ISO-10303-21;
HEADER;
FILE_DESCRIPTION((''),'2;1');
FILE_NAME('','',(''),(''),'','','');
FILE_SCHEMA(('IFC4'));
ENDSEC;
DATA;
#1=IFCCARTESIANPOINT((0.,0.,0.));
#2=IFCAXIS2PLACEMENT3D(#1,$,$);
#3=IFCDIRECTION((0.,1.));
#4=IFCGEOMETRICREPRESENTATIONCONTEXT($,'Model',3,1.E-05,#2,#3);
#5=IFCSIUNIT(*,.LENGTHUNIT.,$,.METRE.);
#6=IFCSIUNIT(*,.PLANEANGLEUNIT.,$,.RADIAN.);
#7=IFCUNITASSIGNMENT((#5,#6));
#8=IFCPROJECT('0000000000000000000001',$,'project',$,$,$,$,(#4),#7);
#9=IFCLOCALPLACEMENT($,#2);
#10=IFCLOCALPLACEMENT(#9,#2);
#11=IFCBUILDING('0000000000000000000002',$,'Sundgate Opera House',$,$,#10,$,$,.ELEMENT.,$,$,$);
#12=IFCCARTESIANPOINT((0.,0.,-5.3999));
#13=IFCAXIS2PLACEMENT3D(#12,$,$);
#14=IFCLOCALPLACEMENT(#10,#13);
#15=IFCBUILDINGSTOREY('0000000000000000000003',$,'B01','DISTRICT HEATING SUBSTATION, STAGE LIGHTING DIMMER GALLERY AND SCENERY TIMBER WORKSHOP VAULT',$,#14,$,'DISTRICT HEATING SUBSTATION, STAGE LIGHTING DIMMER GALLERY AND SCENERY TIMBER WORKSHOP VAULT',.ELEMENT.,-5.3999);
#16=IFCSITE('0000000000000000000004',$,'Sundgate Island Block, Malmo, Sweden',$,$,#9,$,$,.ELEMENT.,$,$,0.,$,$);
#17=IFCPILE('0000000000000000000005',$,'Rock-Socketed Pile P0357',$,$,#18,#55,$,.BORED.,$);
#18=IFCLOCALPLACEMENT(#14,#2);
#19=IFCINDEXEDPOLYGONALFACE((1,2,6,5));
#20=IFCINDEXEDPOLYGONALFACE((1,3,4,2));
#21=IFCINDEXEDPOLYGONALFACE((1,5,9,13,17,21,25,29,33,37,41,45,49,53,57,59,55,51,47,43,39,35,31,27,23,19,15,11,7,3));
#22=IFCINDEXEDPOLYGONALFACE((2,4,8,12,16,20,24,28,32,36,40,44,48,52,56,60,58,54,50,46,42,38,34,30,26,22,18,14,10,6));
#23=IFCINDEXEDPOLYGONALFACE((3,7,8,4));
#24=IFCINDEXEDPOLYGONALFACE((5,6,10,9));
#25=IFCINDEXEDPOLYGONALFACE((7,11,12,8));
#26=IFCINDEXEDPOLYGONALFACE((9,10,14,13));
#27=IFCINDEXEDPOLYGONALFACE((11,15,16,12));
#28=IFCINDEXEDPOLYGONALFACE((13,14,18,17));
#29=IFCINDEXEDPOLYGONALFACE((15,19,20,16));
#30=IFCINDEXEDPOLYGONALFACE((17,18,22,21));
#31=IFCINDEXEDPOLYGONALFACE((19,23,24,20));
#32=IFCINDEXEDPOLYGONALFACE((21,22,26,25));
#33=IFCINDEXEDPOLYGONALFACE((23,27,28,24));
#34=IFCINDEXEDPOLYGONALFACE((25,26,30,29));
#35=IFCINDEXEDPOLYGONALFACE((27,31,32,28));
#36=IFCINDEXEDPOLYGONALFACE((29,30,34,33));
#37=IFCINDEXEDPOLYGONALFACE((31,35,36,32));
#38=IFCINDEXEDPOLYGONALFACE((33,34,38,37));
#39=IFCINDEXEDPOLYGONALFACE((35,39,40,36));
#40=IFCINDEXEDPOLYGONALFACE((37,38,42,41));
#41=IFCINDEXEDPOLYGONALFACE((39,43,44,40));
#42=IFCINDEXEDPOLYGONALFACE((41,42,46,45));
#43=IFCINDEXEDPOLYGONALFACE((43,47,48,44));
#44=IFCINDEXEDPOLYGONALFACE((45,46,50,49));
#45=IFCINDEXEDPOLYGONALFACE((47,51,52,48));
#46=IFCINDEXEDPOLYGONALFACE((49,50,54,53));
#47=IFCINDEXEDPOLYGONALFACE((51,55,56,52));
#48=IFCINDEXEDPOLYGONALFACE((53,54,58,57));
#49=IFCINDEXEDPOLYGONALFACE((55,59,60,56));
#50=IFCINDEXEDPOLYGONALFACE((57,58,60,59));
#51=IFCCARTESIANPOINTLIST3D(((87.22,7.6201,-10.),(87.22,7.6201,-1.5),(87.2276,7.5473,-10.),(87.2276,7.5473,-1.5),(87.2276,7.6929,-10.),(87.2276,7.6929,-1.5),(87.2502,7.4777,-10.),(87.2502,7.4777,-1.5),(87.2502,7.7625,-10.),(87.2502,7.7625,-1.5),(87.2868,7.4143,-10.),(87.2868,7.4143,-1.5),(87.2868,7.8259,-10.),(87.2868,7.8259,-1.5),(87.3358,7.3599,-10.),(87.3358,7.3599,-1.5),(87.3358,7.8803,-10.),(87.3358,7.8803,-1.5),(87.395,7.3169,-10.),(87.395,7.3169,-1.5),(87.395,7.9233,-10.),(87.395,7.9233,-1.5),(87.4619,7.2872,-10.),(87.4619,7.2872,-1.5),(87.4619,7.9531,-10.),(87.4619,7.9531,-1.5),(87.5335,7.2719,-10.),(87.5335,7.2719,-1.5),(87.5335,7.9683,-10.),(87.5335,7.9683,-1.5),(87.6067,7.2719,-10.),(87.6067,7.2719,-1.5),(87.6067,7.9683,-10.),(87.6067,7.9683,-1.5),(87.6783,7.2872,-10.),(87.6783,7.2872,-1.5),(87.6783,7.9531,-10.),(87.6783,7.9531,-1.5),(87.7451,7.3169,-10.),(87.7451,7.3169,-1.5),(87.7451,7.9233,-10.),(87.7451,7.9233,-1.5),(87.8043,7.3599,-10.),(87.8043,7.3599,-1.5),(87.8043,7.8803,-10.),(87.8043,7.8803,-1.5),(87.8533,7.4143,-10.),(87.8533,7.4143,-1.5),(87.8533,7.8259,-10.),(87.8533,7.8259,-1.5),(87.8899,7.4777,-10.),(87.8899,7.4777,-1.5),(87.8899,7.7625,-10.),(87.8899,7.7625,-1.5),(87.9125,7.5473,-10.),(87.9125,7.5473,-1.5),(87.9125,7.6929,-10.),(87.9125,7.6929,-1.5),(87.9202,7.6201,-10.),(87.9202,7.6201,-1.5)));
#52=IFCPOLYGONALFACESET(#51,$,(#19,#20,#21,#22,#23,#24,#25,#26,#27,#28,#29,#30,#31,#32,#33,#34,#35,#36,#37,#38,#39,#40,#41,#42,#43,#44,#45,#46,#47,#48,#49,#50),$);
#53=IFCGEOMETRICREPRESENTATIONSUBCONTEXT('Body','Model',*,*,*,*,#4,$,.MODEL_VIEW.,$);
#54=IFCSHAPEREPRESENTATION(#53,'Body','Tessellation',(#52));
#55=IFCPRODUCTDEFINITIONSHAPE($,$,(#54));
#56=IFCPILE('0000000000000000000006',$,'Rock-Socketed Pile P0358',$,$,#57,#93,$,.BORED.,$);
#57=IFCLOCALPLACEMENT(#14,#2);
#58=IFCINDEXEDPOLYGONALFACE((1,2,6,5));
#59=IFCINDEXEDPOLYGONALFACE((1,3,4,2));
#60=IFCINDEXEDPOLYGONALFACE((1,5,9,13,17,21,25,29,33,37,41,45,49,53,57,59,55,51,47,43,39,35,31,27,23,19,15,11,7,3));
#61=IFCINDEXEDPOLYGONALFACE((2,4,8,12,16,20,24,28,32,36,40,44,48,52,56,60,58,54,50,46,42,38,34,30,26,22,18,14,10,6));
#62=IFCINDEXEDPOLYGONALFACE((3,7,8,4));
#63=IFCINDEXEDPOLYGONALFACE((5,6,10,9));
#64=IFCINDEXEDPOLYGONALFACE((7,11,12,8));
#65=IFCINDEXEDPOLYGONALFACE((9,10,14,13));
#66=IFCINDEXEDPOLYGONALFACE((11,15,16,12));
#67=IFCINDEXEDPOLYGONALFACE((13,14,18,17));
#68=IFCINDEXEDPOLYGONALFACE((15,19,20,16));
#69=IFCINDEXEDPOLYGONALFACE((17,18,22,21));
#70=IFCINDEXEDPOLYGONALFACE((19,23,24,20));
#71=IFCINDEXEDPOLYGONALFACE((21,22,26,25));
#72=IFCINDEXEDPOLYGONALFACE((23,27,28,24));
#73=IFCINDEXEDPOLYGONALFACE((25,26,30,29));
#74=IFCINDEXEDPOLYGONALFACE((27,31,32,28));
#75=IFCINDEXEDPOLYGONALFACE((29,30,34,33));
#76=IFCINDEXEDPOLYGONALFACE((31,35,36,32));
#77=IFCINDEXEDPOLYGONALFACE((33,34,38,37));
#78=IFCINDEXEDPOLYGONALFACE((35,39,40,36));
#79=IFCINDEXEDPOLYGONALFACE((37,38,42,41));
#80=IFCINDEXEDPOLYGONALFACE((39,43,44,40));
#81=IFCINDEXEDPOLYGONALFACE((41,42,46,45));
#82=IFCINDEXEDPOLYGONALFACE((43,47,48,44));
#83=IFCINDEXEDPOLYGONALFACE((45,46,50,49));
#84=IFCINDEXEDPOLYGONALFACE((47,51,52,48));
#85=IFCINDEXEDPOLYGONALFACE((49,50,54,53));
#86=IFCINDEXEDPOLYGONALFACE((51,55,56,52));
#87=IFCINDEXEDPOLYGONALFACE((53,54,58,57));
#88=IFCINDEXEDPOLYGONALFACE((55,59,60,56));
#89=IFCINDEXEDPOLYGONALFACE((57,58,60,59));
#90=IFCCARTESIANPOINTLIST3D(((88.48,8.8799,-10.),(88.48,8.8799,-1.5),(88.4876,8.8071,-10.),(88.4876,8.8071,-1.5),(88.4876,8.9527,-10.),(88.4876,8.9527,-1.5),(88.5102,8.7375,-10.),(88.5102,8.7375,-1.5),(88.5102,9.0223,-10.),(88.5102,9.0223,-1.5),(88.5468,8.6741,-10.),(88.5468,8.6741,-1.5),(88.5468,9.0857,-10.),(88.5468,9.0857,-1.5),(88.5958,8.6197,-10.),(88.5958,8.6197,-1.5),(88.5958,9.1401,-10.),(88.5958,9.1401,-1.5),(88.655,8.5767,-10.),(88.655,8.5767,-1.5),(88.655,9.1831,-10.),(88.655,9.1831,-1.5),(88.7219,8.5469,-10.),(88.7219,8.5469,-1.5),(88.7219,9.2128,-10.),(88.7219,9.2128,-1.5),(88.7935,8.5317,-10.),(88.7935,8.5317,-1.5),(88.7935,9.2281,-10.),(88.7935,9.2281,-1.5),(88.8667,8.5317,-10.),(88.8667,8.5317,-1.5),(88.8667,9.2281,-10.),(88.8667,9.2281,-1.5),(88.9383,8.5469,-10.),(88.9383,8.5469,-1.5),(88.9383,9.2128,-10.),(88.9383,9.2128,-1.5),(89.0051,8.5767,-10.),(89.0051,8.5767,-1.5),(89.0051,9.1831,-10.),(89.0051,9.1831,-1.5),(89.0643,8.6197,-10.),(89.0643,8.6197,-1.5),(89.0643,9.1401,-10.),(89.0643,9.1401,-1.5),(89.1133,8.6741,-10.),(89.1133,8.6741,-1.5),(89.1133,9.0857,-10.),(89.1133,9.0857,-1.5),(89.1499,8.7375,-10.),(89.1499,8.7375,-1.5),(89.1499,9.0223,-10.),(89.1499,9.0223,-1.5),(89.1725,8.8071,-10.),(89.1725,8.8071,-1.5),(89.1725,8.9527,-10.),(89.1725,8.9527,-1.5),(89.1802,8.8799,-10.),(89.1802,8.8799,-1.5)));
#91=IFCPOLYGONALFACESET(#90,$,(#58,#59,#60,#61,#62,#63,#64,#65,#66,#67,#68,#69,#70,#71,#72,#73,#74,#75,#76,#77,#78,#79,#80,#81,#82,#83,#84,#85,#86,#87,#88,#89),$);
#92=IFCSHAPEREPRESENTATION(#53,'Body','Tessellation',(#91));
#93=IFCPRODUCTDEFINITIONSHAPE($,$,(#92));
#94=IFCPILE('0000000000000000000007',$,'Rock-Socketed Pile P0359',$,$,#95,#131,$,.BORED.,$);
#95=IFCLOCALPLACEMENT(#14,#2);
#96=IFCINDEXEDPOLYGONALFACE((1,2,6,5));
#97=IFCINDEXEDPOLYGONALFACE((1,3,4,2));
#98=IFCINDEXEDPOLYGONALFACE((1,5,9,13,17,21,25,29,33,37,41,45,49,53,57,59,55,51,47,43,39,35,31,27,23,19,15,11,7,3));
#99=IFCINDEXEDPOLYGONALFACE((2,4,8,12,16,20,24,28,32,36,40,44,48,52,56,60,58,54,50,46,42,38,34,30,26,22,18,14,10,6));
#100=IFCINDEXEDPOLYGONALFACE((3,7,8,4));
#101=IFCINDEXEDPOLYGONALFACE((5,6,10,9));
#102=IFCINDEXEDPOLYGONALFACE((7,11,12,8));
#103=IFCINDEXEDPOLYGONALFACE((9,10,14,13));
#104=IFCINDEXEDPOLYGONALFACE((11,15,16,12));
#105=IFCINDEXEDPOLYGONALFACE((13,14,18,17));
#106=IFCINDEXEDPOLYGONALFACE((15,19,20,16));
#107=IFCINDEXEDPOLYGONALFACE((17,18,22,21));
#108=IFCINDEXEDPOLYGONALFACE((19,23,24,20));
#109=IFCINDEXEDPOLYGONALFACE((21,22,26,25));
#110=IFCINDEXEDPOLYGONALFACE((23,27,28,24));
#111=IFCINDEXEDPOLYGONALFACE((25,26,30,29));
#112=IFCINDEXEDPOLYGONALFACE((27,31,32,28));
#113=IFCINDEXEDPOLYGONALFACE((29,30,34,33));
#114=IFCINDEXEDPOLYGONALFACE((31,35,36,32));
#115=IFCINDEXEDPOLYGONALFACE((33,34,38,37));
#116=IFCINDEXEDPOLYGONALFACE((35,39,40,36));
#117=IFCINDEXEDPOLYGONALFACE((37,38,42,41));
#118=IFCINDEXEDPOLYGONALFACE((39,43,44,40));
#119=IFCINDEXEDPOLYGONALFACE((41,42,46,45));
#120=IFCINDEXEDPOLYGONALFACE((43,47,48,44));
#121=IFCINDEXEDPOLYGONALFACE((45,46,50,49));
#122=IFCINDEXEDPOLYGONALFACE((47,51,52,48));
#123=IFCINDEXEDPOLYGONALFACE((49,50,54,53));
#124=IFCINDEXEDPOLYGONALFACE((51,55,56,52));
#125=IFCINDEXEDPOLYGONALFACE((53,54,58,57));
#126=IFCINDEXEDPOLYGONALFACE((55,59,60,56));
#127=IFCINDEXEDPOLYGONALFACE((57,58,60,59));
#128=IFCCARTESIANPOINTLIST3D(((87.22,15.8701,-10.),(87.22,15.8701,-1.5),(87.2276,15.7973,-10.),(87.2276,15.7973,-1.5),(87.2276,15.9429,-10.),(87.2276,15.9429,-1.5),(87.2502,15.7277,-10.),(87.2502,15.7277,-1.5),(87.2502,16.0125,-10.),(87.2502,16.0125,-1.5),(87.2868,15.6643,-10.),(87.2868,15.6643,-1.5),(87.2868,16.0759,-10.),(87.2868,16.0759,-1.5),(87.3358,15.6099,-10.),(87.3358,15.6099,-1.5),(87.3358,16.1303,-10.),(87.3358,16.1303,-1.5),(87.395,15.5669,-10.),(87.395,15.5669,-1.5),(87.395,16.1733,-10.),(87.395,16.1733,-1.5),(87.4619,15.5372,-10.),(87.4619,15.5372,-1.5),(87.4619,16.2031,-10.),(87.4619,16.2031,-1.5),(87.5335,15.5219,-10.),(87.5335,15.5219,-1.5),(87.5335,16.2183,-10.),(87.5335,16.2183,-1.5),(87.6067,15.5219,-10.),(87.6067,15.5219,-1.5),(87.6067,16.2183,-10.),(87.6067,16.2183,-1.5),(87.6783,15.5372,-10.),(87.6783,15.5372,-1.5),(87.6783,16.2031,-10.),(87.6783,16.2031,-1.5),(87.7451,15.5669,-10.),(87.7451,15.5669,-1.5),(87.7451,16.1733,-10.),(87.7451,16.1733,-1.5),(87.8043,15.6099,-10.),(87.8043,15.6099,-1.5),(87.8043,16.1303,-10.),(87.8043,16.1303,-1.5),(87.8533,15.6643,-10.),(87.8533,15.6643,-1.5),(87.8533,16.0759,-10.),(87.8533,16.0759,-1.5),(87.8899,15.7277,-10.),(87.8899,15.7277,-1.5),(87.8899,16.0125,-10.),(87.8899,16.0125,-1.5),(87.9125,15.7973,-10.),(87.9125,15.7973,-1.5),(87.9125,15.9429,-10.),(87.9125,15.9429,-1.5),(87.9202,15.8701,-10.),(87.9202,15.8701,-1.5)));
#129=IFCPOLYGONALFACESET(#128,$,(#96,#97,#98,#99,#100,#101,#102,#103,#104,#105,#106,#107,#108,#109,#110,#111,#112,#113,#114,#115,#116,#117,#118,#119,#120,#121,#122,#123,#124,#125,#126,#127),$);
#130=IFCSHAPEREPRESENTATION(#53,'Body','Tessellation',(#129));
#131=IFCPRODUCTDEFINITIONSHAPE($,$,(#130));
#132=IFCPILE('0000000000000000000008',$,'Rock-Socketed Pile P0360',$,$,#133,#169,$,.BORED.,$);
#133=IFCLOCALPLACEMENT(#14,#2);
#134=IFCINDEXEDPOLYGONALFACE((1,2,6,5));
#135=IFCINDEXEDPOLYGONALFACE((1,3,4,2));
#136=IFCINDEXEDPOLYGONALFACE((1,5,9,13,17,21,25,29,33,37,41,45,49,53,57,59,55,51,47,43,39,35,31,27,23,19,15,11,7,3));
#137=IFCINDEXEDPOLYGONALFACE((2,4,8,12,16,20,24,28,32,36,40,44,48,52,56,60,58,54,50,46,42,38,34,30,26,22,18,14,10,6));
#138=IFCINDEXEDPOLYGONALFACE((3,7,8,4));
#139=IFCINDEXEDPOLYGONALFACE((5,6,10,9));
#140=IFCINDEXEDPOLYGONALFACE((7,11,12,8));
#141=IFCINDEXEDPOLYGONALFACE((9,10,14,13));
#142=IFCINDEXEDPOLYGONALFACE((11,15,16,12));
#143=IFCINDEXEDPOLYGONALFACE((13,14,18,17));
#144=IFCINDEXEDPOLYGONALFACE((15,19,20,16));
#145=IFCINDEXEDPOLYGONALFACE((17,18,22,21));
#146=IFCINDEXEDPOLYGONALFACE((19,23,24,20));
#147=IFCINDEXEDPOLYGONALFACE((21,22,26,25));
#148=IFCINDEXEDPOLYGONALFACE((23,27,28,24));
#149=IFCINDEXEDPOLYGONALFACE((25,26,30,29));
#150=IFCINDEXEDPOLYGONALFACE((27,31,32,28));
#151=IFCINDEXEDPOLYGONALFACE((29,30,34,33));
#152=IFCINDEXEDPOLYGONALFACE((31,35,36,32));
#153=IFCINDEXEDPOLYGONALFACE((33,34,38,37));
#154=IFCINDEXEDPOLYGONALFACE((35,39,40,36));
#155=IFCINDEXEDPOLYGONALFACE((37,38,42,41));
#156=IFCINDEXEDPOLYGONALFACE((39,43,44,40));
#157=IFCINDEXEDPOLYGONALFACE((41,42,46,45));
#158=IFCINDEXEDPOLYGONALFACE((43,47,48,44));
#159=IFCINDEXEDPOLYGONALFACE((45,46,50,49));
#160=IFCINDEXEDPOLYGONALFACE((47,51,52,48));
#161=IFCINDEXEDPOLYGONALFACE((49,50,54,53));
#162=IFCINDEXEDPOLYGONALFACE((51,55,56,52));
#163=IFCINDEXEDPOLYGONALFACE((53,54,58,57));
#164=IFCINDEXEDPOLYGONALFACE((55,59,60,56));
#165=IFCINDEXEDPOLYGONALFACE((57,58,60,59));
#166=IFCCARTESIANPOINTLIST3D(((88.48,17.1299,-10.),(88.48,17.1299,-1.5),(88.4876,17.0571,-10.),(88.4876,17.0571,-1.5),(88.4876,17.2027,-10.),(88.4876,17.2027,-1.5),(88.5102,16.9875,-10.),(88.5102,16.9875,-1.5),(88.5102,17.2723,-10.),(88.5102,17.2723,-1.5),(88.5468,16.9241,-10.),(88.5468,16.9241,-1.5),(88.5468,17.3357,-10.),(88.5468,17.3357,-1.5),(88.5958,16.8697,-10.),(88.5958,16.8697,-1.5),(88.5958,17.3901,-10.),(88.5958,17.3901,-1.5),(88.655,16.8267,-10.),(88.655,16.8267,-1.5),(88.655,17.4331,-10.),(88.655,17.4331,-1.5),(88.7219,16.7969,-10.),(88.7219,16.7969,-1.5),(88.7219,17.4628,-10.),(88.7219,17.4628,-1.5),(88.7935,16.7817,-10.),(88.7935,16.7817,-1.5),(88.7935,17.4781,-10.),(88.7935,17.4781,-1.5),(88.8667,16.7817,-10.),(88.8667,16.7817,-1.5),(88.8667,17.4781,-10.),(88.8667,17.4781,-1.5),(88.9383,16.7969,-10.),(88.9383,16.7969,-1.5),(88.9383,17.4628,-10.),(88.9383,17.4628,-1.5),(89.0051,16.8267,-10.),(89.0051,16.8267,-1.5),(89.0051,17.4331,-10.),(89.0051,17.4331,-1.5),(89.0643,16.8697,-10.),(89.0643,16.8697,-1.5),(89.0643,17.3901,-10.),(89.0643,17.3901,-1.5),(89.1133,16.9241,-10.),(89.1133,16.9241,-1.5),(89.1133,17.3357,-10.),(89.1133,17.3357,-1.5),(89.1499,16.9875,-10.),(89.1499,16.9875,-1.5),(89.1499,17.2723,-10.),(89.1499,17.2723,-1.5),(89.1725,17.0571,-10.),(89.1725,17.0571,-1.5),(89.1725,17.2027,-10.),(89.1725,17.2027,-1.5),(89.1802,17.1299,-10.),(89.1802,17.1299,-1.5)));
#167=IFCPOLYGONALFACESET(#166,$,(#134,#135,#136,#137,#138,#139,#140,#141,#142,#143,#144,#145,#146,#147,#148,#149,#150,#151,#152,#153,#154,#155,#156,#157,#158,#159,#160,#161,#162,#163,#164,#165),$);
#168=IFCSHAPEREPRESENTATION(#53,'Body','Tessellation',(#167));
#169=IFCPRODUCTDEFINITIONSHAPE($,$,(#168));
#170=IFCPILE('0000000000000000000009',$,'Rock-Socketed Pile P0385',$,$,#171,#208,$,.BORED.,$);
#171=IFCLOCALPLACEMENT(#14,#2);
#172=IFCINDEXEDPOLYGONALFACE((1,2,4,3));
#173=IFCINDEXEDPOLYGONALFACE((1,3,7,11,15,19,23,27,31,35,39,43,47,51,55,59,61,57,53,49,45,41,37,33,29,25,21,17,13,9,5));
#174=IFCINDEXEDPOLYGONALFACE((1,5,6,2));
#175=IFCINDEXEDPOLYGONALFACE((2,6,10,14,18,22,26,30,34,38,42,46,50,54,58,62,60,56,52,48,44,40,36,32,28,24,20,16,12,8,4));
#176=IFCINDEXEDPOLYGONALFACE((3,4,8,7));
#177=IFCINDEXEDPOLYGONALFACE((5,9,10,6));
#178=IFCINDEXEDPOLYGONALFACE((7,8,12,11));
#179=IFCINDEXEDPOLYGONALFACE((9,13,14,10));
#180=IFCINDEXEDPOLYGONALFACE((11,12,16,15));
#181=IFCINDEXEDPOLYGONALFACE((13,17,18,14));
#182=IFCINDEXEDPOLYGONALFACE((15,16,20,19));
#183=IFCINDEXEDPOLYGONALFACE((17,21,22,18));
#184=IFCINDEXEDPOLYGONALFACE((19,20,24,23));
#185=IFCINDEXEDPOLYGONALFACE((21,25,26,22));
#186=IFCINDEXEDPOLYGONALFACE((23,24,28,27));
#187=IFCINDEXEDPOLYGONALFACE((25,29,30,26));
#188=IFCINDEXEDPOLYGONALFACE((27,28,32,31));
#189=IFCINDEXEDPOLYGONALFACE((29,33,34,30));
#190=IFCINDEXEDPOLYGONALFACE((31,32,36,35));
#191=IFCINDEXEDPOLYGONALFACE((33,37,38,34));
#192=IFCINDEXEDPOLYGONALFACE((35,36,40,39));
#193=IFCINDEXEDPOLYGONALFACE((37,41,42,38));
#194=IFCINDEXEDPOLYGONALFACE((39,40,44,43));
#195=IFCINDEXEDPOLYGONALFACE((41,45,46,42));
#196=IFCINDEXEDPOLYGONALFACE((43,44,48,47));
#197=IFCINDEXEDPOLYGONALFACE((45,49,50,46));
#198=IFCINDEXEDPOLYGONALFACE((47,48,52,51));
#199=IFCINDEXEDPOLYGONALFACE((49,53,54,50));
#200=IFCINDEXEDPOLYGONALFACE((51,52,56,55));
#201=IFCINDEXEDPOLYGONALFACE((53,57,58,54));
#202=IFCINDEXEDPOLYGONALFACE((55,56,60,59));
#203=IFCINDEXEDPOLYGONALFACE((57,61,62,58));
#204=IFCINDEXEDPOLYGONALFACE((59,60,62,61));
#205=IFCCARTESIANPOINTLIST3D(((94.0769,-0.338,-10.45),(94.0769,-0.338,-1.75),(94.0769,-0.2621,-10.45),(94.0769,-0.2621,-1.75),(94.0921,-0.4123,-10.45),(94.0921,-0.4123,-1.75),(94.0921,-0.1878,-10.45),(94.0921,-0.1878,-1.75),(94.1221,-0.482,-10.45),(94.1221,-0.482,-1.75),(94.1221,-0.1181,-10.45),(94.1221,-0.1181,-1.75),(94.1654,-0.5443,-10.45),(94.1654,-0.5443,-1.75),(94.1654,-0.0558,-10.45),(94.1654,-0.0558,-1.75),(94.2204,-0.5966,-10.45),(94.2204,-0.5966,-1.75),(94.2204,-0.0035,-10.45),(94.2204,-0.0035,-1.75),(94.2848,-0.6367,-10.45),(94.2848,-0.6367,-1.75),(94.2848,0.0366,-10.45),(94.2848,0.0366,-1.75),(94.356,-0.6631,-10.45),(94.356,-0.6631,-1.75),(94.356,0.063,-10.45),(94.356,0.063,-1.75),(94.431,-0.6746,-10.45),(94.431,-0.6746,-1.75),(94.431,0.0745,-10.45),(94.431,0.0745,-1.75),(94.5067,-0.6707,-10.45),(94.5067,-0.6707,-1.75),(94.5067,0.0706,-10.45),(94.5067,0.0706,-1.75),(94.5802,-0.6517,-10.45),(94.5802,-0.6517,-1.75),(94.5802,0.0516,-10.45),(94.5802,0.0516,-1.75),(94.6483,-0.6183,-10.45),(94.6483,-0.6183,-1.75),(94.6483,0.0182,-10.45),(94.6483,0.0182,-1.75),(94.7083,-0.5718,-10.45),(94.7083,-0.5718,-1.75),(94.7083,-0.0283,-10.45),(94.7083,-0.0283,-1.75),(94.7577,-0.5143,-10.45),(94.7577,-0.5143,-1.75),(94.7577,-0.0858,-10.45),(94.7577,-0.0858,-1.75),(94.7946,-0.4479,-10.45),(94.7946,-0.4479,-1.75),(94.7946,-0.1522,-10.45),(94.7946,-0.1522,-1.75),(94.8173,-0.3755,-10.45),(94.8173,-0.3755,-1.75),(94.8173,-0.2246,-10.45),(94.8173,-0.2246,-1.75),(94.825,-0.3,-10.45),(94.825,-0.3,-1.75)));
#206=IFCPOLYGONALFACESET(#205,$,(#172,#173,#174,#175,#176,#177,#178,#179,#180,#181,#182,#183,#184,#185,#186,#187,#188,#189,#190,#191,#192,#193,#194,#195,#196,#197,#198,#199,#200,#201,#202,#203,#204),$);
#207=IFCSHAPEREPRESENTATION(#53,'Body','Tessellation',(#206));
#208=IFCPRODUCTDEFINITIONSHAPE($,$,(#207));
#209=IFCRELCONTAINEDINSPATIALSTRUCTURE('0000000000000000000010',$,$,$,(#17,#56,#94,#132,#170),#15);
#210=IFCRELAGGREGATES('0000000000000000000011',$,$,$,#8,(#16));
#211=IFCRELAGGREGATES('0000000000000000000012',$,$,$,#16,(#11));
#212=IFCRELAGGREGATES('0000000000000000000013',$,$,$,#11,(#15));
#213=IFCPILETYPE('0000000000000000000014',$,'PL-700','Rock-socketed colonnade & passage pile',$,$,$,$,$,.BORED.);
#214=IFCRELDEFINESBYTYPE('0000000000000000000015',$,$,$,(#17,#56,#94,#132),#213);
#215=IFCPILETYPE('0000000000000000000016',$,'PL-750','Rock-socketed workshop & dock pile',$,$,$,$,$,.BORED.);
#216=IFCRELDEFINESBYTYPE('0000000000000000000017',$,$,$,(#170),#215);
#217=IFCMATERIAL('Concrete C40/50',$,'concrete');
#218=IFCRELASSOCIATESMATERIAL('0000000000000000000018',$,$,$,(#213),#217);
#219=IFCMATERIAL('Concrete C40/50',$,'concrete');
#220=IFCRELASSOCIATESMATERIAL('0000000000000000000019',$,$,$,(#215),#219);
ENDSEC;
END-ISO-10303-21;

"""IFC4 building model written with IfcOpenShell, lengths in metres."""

from ifc_helpers import new_model, si_unit, direction, frame, origin, origin_2d, place, context, subcontext, project, spatial, circle, extrude, material, material_profile, profile_set, type_object, element, save


model = new_model("IFC4")

# Units and contexts
model_context = context("Model", 3, precision=1e-05, world=origin(), true_north=direction((0.0, 1.0)))
body_context = subcontext(model_context, "Body", "Model", "MODEL_VIEW")
ifc_project = project(units=[si_unit("LENGTHUNIT", "METRE"), si_unit("PLANEANGLEUNIT", "RADIAN")], contexts=[model_context])

# Site, building, storey
site_placement = place(None, origin())
site = spatial("IfcSite", under=ifc_project, at=site_placement, Name="Sundgate Island Block, Malmo, Sweden", CompositionType="ELEMENT", RefElevation=0.0)
building_placement = place(site_placement, origin())
building = spatial("IfcBuilding", under=site, at=building_placement, Name="Sundgate Opera House", CompositionType="ELEMENT")
storey_placement = place(building_placement, frame((0.0, 0.0, -5.3999)))
storey = spatial("IfcBuildingStorey", under=building, at=storey_placement, Name="B01", Description="DISTRICT HEATING SUBSTATION, STAGE LIGHTING DIMMER GALLERY AND SCENERY TIMBER WORKSHOP VAULT", LongName="DISTRICT HEATING SUBSTATION, STAGE LIGHTING DIMMER GALLERY AND SCENERY TIMBER WORKSHOP VAULT", CompositionType="ELEMENT", Elevation=-5.3999)

# Piles
ifc_material_1 = material(Name="Concrete C40/50", Category="concrete")
ifc_material_profile_1 = material_profile(ifc_material_1, circle(Radius=0.3501, at=origin_2d()), Name="PILE D700")
ifc_profile_set_1 = profile_set([ifc_material_profile_1], Name="Concrete C40/50")
pile_type_1 = type_object("IfcPileType", Name="PL-700", Description="Rock-socketed colonnade & passage pile", PredefinedType="BORED", material=ifc_profile_set_1)
for number, where, z_axis, x_axis, name in (
    (1, (87.5701, 7.6201, -1.5), (0.0, 0.0, -1.0), (1.0, 0.0, 0.0), "Rock-Socketed Pile P0357"),
    (2, (88.8301, 8.8799, -1.5), (0.0, 0.0, -1.0), (1.0, 0.0, 0.0), "Rock-Socketed Pile P0358"),
    (3, (87.5701, 15.8701, -1.5), (0.0, 0.0, -1.0), (1.0, 0.0, 0.0), "Rock-Socketed Pile P0359"),
    (4, (88.8301, 17.1299, -1.5), (0.0, 0.0, -1.0), (1.0, 0.0, 0.0), "Rock-Socketed Pile P0360"),
):
    element("IfcPile", number, at=place(storey_placement, frame(where, z_axis=z_axis, x_axis=x_axis)), inside=storey, type_object=pile_type_1, Name=name, PredefinedType="BORED", context=body_context, shape_type="SweptSolid", body=[
        extrude(circle(Radius=0.3501, at=origin_2d()), origin(), (0.0, 0.0, 1.0), 8.5),
    ])
ifc_material_2 = material(Name="Concrete C40/50", Category="concrete")
ifc_material_profile_2 = material_profile(ifc_material_2, circle(Radius=0.375, at=origin_2d()), Name="PILE D750")
ifc_profile_set_2 = profile_set([ifc_material_profile_2], Name="Concrete C40/50")
pile_type_2 = type_object("IfcPileType", Name="PL-750", Description="Rock-socketed workshop & dock pile", PredefinedType="BORED", material=ifc_profile_set_2)
for number, where, z_axis, x_axis, name in (
    (5, (94.45, -0.3, -1.75), (0.0, 0.0, -1.0), (1.0, 0.0, 0.0), "Rock-Socketed Pile P0385"),
):
    element("IfcPile", number, at=place(storey_placement, frame(where, z_axis=z_axis, x_axis=x_axis)), inside=storey, type_object=pile_type_2, Name=name, PredefinedType="BORED", context=body_context, shape_type="SweptSolid", body=[
        extrude(circle(Radius=0.375, at=origin_2d()), origin(), (0.0, 0.0, 1.0), 8.7),
    ])

save(model, "model.ifc")
